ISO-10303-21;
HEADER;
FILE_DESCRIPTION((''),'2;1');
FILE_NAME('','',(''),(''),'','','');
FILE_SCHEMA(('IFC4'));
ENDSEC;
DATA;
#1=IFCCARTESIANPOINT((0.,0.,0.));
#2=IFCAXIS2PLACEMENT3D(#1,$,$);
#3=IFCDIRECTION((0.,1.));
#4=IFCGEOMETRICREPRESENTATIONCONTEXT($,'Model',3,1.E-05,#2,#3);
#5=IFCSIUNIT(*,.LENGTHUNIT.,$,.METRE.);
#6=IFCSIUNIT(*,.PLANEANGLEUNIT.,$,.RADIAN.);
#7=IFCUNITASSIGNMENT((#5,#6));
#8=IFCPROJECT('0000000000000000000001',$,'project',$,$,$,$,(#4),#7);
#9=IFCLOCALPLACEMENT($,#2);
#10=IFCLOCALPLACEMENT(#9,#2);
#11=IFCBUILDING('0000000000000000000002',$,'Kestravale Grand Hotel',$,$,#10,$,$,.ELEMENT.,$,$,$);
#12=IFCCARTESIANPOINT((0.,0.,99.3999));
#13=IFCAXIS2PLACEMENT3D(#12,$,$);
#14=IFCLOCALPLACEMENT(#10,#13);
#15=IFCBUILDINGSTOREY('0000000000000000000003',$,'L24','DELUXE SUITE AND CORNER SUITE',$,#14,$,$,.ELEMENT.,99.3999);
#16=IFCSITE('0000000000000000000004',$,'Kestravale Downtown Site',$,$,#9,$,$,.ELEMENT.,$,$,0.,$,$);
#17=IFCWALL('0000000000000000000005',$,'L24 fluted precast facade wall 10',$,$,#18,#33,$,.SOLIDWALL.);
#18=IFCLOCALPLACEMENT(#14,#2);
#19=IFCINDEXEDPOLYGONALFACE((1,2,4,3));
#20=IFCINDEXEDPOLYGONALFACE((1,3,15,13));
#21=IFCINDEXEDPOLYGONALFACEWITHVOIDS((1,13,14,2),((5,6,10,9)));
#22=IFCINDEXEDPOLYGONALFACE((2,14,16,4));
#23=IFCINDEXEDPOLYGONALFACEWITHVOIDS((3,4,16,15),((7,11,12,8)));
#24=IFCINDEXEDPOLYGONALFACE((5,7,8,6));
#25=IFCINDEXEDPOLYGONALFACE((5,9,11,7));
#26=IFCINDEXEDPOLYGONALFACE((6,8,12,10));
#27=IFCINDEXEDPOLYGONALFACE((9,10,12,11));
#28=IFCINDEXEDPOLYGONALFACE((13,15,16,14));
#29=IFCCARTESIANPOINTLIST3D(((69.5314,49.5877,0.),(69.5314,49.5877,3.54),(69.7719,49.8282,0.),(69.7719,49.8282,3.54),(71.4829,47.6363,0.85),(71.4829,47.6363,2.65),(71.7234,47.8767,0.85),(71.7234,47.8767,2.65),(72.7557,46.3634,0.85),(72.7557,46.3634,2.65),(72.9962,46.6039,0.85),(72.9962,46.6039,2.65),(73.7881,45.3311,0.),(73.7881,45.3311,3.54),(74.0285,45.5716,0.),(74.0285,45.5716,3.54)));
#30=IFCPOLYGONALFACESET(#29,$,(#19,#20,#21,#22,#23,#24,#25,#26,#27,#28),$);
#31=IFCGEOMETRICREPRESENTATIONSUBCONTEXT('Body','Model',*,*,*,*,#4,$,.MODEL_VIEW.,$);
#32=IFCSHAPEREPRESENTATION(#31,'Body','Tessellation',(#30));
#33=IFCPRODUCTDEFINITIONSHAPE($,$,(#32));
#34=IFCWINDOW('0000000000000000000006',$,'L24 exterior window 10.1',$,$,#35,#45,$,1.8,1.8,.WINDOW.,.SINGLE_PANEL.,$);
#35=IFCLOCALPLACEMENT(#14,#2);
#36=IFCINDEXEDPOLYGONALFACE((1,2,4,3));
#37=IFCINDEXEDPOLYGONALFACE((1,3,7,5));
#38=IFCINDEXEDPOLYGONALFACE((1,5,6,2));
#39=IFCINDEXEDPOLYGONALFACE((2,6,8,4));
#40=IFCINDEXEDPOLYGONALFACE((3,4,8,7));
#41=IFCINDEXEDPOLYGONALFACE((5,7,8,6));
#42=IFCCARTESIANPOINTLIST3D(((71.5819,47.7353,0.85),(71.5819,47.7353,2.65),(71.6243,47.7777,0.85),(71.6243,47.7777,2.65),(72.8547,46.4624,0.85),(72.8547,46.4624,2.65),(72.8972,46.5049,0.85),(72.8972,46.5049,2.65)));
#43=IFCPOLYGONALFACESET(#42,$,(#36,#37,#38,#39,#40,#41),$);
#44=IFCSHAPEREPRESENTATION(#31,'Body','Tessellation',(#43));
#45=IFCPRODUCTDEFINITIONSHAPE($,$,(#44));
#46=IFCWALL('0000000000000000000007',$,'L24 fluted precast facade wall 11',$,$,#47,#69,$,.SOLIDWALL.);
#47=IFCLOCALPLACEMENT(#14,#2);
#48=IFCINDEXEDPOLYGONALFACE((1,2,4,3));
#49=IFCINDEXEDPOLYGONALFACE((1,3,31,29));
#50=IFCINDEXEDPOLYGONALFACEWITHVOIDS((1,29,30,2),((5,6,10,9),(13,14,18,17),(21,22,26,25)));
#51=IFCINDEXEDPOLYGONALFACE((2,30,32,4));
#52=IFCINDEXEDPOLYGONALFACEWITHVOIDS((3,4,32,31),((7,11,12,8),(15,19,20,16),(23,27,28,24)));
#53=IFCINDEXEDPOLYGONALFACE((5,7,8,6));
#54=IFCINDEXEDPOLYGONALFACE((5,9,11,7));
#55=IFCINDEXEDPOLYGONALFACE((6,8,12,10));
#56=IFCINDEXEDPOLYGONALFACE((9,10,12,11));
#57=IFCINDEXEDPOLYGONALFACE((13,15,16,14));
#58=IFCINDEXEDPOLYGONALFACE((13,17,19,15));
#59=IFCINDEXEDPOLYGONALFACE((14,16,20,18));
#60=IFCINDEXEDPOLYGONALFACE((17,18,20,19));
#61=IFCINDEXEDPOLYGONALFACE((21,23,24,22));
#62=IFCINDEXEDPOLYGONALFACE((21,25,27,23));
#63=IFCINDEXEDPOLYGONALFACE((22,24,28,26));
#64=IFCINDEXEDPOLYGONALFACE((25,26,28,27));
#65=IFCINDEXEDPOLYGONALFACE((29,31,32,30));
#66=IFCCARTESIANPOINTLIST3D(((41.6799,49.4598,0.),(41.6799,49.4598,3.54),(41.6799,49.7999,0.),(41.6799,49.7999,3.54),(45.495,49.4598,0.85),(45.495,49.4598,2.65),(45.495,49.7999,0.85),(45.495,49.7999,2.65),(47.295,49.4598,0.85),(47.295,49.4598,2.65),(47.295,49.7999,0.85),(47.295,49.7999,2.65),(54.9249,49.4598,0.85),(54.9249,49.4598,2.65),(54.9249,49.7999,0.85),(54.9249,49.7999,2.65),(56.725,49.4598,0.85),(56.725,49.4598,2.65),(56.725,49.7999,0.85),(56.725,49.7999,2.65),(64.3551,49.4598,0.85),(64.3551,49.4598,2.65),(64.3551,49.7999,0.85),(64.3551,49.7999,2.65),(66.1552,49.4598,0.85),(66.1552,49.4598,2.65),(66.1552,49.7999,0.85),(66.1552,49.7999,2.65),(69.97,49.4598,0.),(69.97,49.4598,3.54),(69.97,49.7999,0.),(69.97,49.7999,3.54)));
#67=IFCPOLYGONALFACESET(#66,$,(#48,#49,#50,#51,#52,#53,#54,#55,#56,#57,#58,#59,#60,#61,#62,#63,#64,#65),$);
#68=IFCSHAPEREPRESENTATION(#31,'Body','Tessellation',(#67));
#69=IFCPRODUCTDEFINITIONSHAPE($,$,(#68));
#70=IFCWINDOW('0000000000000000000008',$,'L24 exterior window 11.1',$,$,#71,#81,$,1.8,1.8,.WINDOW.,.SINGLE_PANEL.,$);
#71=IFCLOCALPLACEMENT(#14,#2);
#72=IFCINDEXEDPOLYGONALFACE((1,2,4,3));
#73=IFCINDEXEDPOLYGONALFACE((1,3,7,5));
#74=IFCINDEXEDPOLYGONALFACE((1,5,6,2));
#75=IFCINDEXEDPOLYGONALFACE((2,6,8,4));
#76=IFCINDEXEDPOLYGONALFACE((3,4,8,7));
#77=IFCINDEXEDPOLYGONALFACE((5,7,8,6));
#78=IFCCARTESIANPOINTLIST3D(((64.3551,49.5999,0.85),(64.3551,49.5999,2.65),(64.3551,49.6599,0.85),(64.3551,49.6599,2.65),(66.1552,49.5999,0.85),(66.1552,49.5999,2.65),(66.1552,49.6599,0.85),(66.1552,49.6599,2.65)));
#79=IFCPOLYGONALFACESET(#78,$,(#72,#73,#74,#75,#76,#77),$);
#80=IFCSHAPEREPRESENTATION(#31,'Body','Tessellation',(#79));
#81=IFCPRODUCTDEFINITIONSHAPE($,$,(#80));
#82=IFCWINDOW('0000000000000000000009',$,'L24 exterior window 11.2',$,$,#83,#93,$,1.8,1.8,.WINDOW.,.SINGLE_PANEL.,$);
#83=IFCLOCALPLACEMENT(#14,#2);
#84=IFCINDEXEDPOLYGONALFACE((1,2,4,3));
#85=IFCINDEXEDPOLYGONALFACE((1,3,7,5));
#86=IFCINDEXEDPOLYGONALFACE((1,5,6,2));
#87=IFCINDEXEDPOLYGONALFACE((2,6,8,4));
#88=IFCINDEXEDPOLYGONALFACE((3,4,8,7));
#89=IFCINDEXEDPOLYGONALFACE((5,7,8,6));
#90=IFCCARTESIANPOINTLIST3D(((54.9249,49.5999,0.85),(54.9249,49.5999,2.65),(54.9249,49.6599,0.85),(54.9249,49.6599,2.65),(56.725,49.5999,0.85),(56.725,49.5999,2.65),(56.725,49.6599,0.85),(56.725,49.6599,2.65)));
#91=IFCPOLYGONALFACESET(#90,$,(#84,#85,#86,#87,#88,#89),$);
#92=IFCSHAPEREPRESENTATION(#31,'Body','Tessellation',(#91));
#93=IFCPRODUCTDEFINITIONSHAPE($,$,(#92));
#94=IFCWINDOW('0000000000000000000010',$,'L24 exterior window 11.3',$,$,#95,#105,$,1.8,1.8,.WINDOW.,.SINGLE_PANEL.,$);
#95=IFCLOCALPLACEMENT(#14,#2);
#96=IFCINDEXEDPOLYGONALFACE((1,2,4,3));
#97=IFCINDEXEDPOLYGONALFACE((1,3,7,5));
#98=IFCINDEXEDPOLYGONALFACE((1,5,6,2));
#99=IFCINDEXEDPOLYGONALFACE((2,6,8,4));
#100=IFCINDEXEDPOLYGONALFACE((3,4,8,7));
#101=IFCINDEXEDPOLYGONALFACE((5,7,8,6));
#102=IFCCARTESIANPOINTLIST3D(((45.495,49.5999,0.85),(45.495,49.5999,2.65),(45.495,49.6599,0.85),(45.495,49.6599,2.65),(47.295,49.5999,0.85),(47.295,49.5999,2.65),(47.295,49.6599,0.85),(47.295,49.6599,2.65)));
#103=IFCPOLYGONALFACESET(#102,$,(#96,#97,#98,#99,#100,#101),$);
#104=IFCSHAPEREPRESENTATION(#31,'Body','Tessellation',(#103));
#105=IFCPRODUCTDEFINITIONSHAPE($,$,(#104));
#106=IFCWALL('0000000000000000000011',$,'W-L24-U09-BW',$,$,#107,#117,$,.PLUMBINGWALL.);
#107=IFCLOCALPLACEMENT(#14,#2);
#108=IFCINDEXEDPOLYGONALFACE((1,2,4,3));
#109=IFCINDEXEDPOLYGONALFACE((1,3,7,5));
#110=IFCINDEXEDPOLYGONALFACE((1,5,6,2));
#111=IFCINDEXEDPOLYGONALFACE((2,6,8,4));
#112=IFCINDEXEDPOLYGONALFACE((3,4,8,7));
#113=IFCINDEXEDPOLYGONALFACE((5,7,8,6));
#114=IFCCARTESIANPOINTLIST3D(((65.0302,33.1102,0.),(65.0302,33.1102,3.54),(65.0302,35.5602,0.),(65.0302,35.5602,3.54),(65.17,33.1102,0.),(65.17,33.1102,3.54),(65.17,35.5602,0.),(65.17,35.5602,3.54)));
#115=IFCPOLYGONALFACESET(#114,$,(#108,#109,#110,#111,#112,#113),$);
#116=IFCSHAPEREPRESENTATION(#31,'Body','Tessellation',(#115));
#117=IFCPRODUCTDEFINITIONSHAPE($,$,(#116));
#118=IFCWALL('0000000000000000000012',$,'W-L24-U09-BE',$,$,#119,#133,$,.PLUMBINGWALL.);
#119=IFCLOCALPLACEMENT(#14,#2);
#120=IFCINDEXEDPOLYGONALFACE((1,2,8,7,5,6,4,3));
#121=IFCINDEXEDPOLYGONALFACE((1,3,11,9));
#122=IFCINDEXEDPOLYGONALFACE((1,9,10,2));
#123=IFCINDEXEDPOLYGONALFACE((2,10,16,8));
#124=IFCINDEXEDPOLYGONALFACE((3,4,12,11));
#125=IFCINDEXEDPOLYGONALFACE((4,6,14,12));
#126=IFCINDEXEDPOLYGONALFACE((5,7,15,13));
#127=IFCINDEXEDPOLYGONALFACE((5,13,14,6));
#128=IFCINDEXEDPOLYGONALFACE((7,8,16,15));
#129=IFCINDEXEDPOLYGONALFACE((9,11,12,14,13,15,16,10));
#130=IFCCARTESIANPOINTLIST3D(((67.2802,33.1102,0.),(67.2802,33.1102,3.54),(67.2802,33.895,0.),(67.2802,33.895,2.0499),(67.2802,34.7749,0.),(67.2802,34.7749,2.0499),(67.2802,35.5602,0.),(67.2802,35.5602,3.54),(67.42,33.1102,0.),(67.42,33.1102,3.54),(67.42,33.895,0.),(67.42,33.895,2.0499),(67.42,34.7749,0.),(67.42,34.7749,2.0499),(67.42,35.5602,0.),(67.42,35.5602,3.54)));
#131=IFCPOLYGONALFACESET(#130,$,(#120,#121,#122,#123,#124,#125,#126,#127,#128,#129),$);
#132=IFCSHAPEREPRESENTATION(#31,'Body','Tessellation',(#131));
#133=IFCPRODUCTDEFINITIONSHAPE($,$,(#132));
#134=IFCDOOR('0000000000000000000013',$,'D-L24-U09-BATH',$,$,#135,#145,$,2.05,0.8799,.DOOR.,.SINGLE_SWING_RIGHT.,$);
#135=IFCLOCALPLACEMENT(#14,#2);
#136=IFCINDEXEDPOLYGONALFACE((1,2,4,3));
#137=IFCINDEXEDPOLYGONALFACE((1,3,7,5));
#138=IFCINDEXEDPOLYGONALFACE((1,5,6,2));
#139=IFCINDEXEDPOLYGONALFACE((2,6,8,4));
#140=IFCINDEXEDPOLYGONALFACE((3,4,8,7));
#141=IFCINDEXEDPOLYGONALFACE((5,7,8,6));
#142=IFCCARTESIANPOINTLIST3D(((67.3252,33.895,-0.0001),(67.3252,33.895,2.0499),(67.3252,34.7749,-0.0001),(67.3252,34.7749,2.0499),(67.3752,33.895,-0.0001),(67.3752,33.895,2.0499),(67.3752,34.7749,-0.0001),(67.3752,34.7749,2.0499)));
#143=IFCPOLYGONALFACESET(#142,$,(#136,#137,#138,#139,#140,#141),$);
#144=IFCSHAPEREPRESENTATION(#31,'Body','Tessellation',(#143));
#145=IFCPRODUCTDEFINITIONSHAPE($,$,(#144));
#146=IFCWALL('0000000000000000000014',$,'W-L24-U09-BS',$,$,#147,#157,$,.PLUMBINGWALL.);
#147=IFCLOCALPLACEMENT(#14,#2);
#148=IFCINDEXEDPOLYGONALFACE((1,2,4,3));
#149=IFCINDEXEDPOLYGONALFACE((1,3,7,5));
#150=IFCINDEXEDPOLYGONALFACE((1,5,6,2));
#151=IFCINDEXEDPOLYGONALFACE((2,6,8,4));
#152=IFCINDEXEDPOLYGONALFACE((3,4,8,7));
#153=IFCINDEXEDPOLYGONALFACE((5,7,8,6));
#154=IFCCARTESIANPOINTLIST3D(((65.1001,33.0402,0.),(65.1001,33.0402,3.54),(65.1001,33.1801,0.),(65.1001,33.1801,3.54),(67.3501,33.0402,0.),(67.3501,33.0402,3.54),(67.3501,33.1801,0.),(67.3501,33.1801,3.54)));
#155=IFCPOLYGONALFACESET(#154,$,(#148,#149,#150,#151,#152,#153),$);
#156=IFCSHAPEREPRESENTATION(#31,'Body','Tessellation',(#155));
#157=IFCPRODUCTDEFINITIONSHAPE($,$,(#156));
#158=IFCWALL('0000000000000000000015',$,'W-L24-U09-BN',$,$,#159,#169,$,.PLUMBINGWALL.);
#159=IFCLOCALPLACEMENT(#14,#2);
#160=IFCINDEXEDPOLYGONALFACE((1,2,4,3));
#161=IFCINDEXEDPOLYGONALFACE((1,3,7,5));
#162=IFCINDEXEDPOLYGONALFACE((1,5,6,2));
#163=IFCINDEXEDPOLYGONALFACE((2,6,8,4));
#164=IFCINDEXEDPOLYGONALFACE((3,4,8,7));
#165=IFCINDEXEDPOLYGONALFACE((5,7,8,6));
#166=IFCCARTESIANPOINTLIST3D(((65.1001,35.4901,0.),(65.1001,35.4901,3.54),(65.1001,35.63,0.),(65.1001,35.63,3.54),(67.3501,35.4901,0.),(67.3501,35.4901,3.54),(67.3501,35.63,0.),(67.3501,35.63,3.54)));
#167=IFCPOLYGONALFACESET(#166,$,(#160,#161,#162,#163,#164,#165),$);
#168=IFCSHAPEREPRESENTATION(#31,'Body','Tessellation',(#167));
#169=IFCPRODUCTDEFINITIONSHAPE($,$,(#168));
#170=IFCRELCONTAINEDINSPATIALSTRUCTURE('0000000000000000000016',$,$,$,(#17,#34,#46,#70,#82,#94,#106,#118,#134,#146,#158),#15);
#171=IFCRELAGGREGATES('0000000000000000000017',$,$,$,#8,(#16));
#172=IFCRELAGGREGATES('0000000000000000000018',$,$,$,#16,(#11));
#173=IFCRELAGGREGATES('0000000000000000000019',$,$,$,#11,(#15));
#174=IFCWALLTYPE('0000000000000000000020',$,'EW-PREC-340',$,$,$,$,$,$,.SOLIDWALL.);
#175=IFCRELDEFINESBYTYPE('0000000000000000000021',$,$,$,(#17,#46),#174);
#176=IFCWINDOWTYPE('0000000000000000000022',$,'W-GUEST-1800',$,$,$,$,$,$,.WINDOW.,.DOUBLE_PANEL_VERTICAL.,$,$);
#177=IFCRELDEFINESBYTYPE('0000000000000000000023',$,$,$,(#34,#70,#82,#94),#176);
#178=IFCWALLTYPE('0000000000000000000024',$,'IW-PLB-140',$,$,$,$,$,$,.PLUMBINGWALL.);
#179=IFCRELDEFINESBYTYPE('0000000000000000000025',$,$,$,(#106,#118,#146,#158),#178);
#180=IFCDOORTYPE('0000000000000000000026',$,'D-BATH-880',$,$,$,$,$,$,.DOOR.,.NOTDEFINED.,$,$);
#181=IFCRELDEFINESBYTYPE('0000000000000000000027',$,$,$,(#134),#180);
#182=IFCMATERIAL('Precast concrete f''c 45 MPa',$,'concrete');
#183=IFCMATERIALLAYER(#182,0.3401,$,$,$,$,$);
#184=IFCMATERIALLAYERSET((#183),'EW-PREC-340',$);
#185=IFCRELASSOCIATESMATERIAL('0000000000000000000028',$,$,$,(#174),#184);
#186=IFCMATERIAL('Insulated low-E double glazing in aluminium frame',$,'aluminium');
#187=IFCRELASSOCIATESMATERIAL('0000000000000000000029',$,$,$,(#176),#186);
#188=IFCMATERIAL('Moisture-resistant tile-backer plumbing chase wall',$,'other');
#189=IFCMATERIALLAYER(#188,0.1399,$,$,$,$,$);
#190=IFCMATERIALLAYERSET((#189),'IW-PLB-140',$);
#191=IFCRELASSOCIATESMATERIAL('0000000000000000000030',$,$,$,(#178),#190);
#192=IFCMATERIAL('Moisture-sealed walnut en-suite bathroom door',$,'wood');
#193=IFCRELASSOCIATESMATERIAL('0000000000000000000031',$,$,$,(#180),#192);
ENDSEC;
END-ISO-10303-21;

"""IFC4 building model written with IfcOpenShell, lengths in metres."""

from ifc_helpers import new_model, si_unit, direction, frame, frame_2d, origin, place, context, subcontext, project, spatial, rectangle, extrude, material, layer, layer_set, type_object, element, fill, save


model = new_model("IFC4")

# Units and contexts
model_context = context("Model", 3, precision=1e-05, world=origin(), true_north=direction((0.0, 1.0)))
body_context = subcontext(model_context, "Body", "Model", "MODEL_VIEW")
ifc_project = project(units=[si_unit("LENGTHUNIT", "METRE"), si_unit("PLANEANGLEUNIT", "RADIAN")], contexts=[model_context])

# Site, building, storey
site_placement = place(None, origin())
site = spatial("IfcSite", under=ifc_project, at=site_placement, Name="Kestravale Downtown Site", CompositionType="ELEMENT", RefElevation=0.0)
building_placement = place(site_placement, origin())
building = spatial("IfcBuilding", under=site, at=building_placement, Name="Kestravale Grand Hotel", CompositionType="ELEMENT")
storey_placement = place(building_placement, frame((0.0, 0.0, 99.3999)))
storey = spatial("IfcBuildingStorey", under=building, at=storey_placement, Name="L24", Description="DELUXE SUITE AND CORNER SUITE", CompositionType="ELEMENT", Elevation=99.3999)

# Wall, opening, window
ifc_material_1 = material(Name="Precast concrete f'c 45 MPa", Category="concrete")
ifc_layer_1 = layer(ifc_material_1, 0.3401)
ifc_layer_set_1 = layer_set([ifc_layer_1], Name="EW-PREC-340")
wall_type_1 = type_object("IfcWallType", Name="EW-PREC-340", PredefinedType="SOLIDWALL", material=ifc_layer_set_1)
wall_1_placement = place(storey_placement, frame((73.9082, 45.4514, 0.0), z_axis=(0.0, 0.0, 1.0), x_axis=(-0.707107, 0.707107, 0.0)))
wall_1 = element("IfcWall", 1, at=wall_1_placement, inside=storey, type_object=wall_type_1, Name="L24 fluted precast facade wall 10", PredefinedType="SOLIDWALL", context=body_context, shape_type="SweptSolid", body=[
    extrude(rectangle(XDim=6.0198, YDim=0.3401, at=frame_2d((3.0098, 0.0))), origin(), (0.0, 0.0, 1.0), 3.54),
])
opening_1_placement = place(wall_1_placement, frame((1.46, 0.0, 0.8501)))
opening_1 = element("IfcOpeningElement", 2, at=opening_1_placement, cuts=wall_1, PredefinedType="OPENING", context=body_context, shape_type="SweptSolid", body=[
    extrude(rectangle(XDim=1.8, YDim=1.8, at=frame_2d((0.8999, 0.8999))), frame((0.0, 0.1799, 0.0), z_axis=(0.0, -1.0, 0.0), x_axis=(1.0, 0.0, 0.0)), (0.0, 0.0, 1.0), 0.3601),
])
ifc_material_2 = material(Name="Insulated low-E double glazing in aluminium frame", Category="aluminium")
window_type = type_object("IfcWindowType", Name="W-GUEST-1800", PartitioningType="DOUBLE_PANEL_VERTICAL", PredefinedType="WINDOW", material=ifc_material_2)
window_1_placement = place(opening_1_placement, origin())
window_1 = element("IfcWindow", 3, at=window_1_placement, inside=storey, type_object=window_type, Name="L24 exterior window 10.1", OverallHeight=1.8, OverallWidth=1.8, PartitioningType="SINGLE_PANEL", PredefinedType="WINDOW", context=body_context, shape_type="SweptSolid", body=[
    extrude(rectangle(XDim=1.8, YDim=1.8, at=frame_2d((0.8999, 0.8999))), frame((0.0, 0.03, 0.0), z_axis=(0.0, -1.0, 0.0), x_axis=(1.0, 0.0, 0.0)), (0.0, 0.0, 1.0), 0.0601),
])
fill(opening_1, window_1)

# Wall, openings, windows
wall_2_placement = place(storey_placement, frame((69.97, 49.6299, 0.0), z_axis=(0.0, 0.0, 1.0), x_axis=(-1.0, 0.0, 0.0)))
wall_2 = element("IfcWall", 4, at=wall_2_placement, inside=storey, type_object=wall_type_1, Name="L24 fluted precast facade wall 11", PredefinedType="SOLIDWALL", context=body_context, shape_type="SweptSolid", body=[
    extrude(rectangle(XDim=28.29, YDim=0.3401, at=frame_2d((14.145, 0.0))), origin(), (0.0, 0.0, 1.0), 3.54),
])
opening_2_placement = place(wall_2_placement, frame((3.8149, 0.0, 0.8501)))
opening_2 = element("IfcOpeningElement", 5, at=opening_2_placement, cuts=wall_2, PredefinedType="OPENING", context=body_context, shape_type="SweptSolid", body=[
    extrude(rectangle(XDim=1.8, YDim=1.8, at=frame_2d((0.8999, 0.8999))), frame((0.0, 0.1799, 0.0), z_axis=(0.0, -1.0, 0.0), x_axis=(1.0, 0.0, 0.0)), (0.0, 0.0, 1.0), 0.3601),
])
opening_3_placement = place(wall_2_placement, frame((13.2451, 0.0, 0.8501)))
opening_3 = element("IfcOpeningElement", 6, at=opening_3_placement, cuts=wall_2, PredefinedType="OPENING", context=body_context, shape_type="SweptSolid", body=[
    extrude(rectangle(XDim=1.8, YDim=1.8, at=frame_2d((0.8999, 0.8999))), frame((0.0, 0.1799, 0.0), z_axis=(0.0, -1.0, 0.0), x_axis=(1.0, 0.0, 0.0)), (0.0, 0.0, 1.0), 0.3601),
])
opening_4_placement = place(wall_2_placement, frame((22.675, 0.0, 0.8501)))
opening_4 = element("IfcOpeningElement", 7, at=opening_4_placement, cuts=wall_2, PredefinedType="OPENING", context=body_context, shape_type="SweptSolid", body=[
    extrude(rectangle(XDim=1.8, YDim=1.8, at=frame_2d((0.8999, 0.8999))), frame((0.0, 0.1799, 0.0), z_axis=(0.0, -1.0, 0.0), x_axis=(1.0, 0.0, 0.0)), (0.0, 0.0, 1.0), 0.3601),
])
window_2_placement = place(opening_2_placement, origin())
window_2 = element("IfcWindow", 8, at=window_2_placement, inside=storey, type_object=window_type, Name="L24 exterior window 11.1", OverallHeight=1.8, OverallWidth=1.8, PartitioningType="SINGLE_PANEL", PredefinedType="WINDOW", context=body_context, shape_type="SweptSolid", body=[
    extrude(rectangle(XDim=1.8, YDim=1.8, at=frame_2d((0.8999, 0.8999))), frame((0.0, 0.03, 0.0), z_axis=(0.0, -1.0, 0.0), x_axis=(1.0, 0.0, 0.0)), (0.0, 0.0, 1.0), 0.0601),
])
fill(opening_2, window_2)
window_3_placement = place(opening_3_placement, origin())
window_3 = element("IfcWindow", 9, at=window_3_placement, inside=storey, type_object=window_type, Name="L24 exterior window 11.2", OverallHeight=1.8, OverallWidth=1.8, PartitioningType="SINGLE_PANEL", PredefinedType="WINDOW", context=body_context, shape_type="SweptSolid", body=[
    extrude(rectangle(XDim=1.8, YDim=1.8, at=frame_2d((0.8999, 0.8999))), frame((0.0, 0.03, 0.0), z_axis=(0.0, -1.0, 0.0), x_axis=(1.0, 0.0, 0.0)), (0.0, 0.0, 1.0), 0.0601),
])
fill(opening_3, window_3)
window_4_placement = place(opening_4_placement, origin())
window_4 = element("IfcWindow", 10, at=window_4_placement, inside=storey, type_object=window_type, Name="L24 exterior window 11.3", OverallHeight=1.8, OverallWidth=1.8, PartitioningType="SINGLE_PANEL", PredefinedType="WINDOW", context=body_context, shape_type="SweptSolid", body=[
    extrude(rectangle(XDim=1.8, YDim=1.8, at=frame_2d((0.8999, 0.8999))), frame((0.0, 0.03, 0.0), z_axis=(0.0, -1.0, 0.0), x_axis=(1.0, 0.0, 0.0)), (0.0, 0.0, 1.0), 0.0601),
])
fill(opening_4, window_4)

# Wall
ifc_material_3 = material(Name="Moisture-resistant tile-backer plumbing chase wall", Category="other")
ifc_layer_2 = layer(ifc_material_3, 0.1399)
ifc_layer_set_2 = layer_set([ifc_layer_2], Name="IW-PLB-140")
wall_type_2 = type_object("IfcWallType", Name="IW-PLB-140", PredefinedType="PLUMBINGWALL", material=ifc_layer_set_2)
wall_3_placement = place(storey_placement, frame((65.1001, 33.1101, 0.0), z_axis=(0.0, 0.0, 1.0), x_axis=(0.0, 1.0, 0.0)))
element("IfcWall", 11, at=wall_3_placement, inside=storey, type_object=wall_type_2, Name="W-L24-U09-BW", PredefinedType="PLUMBINGWALL", context=body_context, shape_type="SweptSolid", body=[
    extrude(rectangle(XDim=2.45, YDim=0.1399, at=frame_2d((1.2251, 0.0))), origin(), (0.0, 0.0, 1.0), 3.54),
])

# Wall, opening, door
wall_4_placement = place(storey_placement, frame((67.3501, 33.1101, 0.0), z_axis=(0.0, 0.0, 1.0), x_axis=(0.0, 1.0, 0.0)))
wall_4 = element("IfcWall", 12, at=wall_4_placement, inside=storey, type_object=wall_type_2, Name="W-L24-U09-BE", PredefinedType="PLUMBINGWALL", context=body_context, shape_type="SweptSolid", body=[
    extrude(rectangle(XDim=2.45, YDim=0.1399, at=frame_2d((1.2251, 0.0))), origin(), (0.0, 0.0, 1.0), 3.54),
])
opening_5_placement = place(wall_4_placement, frame((0.7849, 0.0, 0.0)))
opening_5 = element("IfcOpeningElement", 13, at=opening_5_placement, cuts=wall_4, PredefinedType="OPENING", context=body_context, shape_type="SweptSolid", body=[
    extrude(rectangle(XDim=0.8799, YDim=2.05, at=frame_2d((0.4399, 1.0249))), frame((0.0, 0.0798, 0.0), z_axis=(0.0, -1.0, 0.0), x_axis=(1.0, 0.0, 0.0)), (0.0, 0.0, 1.0), 0.1599),
])
ifc_material_4 = material(Name="Moisture-sealed walnut en-suite bathroom door", Category="wood")
door_type = type_object("IfcDoorType", Name="D-BATH-880", OperationType="NOTDEFINED", PredefinedType="DOOR", material=ifc_material_4)
door_placement = place(opening_5_placement, origin())
door = element("IfcDoor", 14, at=door_placement, inside=storey, type_object=door_type, Name="D-L24-U09-BATH", OperationType="SINGLE_SWING_RIGHT", OverallHeight=2.05, OverallWidth=0.8799, PredefinedType="DOOR", context=body_context, shape_type="SweptSolid", body=[
    extrude(rectangle(XDim=0.8799, YDim=2.05, at=frame_2d((0.4399, 1.0249))), frame((0.0, 0.0249, 0.0), z_axis=(0.0, -1.0, 0.0), x_axis=(1.0, 0.0, 0.0)), (0.0, 0.0, 1.0), 0.05),
])
fill(opening_5, door)

# Walls
for number, where, z_axis, x_axis, name in (
    (15, (65.1001, 33.1101, 0.0), (0.0, 0.0, 1.0), (1.0, 0.0, 0.0), "W-L24-U09-BS"),
    (16, (65.1001, 35.5601, 0.0), (0.0, 0.0, 1.0), (1.0, 0.0, 0.0), "W-L24-U09-BN"),
):
    element("IfcWall", number, at=place(storey_placement, frame(where, z_axis=z_axis, x_axis=x_axis)), inside=storey, type_object=wall_type_2, Name=name, PredefinedType="PLUMBINGWALL", context=body_context, shape_type="SweptSolid", body=[
        extrude(rectangle(XDim=2.25, YDim=0.1399, at=frame_2d((1.125, 0.0))), origin(), (0.0, 0.0, 1.0), 3.54),
    ])

save(model, "model.ifc")
